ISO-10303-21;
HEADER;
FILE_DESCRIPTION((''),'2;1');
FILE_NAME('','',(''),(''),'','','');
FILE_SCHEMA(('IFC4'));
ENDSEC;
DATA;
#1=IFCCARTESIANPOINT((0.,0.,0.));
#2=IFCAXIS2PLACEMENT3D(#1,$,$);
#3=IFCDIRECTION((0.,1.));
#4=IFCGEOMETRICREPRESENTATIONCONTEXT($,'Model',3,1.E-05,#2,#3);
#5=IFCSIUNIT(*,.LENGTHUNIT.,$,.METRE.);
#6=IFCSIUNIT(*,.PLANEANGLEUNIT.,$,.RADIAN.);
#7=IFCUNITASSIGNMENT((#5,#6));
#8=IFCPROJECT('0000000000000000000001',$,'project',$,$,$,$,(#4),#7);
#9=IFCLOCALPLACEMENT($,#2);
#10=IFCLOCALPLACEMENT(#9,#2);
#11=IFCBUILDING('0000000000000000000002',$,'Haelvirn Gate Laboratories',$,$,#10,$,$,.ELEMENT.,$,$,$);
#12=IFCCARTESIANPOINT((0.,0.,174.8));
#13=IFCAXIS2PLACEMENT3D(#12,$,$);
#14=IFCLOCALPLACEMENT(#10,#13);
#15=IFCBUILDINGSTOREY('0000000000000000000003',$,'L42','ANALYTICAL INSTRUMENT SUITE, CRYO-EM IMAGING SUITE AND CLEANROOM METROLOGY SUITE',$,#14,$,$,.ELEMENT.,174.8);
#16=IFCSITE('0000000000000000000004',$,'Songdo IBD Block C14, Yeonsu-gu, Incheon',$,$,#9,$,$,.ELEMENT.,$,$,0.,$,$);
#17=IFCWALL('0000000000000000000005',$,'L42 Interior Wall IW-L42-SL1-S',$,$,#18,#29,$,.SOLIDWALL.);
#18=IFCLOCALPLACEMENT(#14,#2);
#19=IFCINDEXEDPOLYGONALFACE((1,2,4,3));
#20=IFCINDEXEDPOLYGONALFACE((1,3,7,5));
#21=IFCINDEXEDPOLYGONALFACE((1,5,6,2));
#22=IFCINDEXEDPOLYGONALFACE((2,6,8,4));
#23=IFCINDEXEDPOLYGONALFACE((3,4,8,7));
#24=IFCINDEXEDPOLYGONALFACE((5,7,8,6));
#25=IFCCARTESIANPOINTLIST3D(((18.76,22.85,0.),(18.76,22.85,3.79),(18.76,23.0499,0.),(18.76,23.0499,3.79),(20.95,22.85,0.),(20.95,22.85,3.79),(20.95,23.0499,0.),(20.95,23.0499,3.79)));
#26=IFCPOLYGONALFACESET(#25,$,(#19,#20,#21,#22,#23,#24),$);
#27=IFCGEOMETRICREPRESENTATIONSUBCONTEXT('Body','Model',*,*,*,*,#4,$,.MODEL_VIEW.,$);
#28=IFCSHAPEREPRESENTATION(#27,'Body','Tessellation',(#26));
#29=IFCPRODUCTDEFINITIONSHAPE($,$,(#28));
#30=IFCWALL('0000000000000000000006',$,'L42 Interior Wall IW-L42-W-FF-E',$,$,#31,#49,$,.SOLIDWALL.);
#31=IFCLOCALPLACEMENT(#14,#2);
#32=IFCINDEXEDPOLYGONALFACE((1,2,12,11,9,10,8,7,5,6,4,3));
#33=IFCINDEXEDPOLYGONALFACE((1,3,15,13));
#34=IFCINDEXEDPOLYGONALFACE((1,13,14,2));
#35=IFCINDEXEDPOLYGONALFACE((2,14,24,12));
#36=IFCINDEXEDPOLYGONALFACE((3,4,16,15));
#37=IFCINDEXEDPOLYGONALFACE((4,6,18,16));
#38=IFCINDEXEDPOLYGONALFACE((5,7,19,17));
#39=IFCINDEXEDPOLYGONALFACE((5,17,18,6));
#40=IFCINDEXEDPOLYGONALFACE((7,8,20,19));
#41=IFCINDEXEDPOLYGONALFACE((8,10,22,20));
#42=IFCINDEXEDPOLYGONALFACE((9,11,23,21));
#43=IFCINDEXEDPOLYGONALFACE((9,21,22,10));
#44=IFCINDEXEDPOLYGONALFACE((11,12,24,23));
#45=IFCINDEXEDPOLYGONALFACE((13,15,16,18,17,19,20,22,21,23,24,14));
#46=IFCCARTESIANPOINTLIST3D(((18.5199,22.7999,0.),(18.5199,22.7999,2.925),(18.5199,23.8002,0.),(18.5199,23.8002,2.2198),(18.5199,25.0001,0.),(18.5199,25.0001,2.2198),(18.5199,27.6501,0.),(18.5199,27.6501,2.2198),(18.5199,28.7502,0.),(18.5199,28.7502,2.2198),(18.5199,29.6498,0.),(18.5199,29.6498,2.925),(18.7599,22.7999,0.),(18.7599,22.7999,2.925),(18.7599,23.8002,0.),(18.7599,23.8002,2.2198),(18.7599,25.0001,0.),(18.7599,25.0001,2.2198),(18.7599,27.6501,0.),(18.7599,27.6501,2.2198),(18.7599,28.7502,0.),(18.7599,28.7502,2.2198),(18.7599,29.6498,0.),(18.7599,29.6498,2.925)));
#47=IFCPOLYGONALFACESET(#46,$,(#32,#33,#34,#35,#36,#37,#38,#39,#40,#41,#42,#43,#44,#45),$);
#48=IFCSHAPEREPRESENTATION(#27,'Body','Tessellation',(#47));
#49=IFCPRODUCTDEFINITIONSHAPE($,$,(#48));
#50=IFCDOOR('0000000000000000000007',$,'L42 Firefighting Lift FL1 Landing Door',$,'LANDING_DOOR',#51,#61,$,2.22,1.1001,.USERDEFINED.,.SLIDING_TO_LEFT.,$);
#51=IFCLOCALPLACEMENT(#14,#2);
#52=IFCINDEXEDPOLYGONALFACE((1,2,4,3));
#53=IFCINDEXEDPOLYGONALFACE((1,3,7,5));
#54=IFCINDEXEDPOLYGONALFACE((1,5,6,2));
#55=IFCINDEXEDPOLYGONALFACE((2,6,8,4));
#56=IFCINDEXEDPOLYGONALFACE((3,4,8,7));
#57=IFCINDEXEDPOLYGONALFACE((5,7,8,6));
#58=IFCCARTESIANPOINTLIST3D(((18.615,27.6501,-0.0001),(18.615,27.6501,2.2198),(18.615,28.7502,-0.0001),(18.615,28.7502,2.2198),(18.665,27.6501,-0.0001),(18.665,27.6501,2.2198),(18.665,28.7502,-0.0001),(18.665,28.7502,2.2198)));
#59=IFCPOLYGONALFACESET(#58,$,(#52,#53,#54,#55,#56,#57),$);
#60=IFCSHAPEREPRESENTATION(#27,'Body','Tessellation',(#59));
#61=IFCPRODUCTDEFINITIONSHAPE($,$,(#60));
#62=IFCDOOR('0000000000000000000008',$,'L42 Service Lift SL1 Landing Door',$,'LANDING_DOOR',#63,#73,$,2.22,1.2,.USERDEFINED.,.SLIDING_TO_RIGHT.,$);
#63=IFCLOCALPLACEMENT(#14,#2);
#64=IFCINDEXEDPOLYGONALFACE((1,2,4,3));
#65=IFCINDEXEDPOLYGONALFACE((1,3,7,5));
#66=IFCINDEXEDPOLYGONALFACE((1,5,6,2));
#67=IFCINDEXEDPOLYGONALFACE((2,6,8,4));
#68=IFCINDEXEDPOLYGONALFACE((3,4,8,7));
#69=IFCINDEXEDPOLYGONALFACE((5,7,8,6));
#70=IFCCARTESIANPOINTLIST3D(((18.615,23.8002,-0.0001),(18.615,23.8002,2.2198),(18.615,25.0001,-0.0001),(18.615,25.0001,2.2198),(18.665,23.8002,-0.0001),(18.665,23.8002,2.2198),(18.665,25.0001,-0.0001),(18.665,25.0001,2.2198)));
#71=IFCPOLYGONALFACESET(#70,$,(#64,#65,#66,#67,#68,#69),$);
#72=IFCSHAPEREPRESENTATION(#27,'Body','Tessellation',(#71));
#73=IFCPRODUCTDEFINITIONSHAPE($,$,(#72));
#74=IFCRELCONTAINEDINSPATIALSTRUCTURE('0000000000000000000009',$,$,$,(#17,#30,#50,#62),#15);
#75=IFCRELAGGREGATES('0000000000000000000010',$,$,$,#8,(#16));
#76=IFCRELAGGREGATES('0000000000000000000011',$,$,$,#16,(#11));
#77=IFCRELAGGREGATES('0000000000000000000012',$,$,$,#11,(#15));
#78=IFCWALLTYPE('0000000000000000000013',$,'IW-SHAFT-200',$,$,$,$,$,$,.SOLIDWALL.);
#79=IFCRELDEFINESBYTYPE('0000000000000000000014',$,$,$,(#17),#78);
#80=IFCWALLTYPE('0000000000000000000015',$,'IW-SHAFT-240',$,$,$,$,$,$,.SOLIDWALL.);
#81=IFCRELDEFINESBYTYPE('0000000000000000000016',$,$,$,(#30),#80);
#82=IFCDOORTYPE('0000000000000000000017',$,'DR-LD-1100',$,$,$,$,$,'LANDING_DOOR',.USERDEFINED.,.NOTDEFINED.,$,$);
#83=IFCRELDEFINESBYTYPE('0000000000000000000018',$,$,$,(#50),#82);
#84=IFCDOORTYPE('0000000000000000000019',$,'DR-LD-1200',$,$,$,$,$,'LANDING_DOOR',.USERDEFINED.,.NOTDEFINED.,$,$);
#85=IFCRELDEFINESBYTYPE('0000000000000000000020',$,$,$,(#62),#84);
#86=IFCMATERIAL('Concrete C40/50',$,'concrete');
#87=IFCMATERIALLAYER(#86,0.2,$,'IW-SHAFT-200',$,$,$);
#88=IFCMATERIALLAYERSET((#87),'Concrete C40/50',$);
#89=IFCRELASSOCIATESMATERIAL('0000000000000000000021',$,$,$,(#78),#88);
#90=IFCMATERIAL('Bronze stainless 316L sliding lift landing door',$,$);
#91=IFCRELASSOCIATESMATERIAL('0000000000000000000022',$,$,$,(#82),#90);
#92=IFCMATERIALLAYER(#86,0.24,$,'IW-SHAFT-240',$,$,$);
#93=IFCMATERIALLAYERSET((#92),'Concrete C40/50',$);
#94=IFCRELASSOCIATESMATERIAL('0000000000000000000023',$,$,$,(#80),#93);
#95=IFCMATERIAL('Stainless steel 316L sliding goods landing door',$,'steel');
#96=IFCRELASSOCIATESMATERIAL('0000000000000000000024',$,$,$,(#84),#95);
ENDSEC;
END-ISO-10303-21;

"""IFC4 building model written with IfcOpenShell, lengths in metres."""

from ifc_helpers import new_model, si_unit, direction, frame, frame_2d, origin, place, context, subcontext, project, spatial, rectangle, extrude, source, transform, mapped, material, layer, layer_set, type_object, type_shapes, element, fill, save


model = new_model("IFC4")

# Units and contexts
model_context = context("Model", 3, precision=1e-05, world=origin(), true_north=direction((0.0, 1.0)))
body_context = subcontext(model_context, "Body", "Model", "MODEL_VIEW")
ifc_project = project(units=[si_unit("LENGTHUNIT", "METRE"), si_unit("PLANEANGLEUNIT", "RADIAN")], contexts=[model_context])

# Site, building, storey
site_placement = place(None, origin())
site = spatial("IfcSite", under=ifc_project, at=site_placement, Name="Songdo IBD Block C14, Yeonsu-gu, Incheon", CompositionType="ELEMENT", RefElevation=0.0)
building_placement = place(site_placement, origin())
building = spatial("IfcBuilding", under=site, at=building_placement, Name="Haelvirn Gate Laboratories", CompositionType="ELEMENT")
storey_placement = place(building_placement, frame((0.0, 0.0, 174.8)))
storey = spatial("IfcBuildingStorey", under=building, at=storey_placement, Name="L42", Description="ANALYTICAL INSTRUMENT SUITE, CRYO-EM IMAGING SUITE AND CLEANROOM METROLOGY SUITE", CompositionType="ELEMENT", Elevation=174.8)

# Shared definitions
ifc_material_1 = material(Name="Concrete C40/50", Category="concrete")

# Shared definitions
ifc_layer_1 = layer(ifc_material_1, 0.2, Name="IW-SHAFT-200")
ifc_layer_set_1 = layer_set([ifc_layer_1], Name="Concrete C40/50")
wall_type_1 = type_object("IfcWallType", Name="IW-SHAFT-200", PredefinedType="SOLIDWALL", material=ifc_layer_set_1)
ifc_material_2 = material(Name="Bronze stainless 316L sliding lift landing door")
door_type_1 = type_object("IfcDoorType", Name="DR-LD-1100", ElementType="LANDING_DOOR", OperationType="NOTDEFINED", PredefinedType="USERDEFINED", material=ifc_material_2)
shared_shape_1 = source(origin(), body_context, "Body", "SweptSolid", [
    extrude(rectangle(XDim=1.1001, YDim=2.22, at=frame_2d((0.55, 1.1099))), frame((0.0, 0.0249, 0.0), z_axis=(0.0, -1.0, 0.0), x_axis=(1.0, 0.0, 0.0)), (0.0, 0.0, 1.0), 0.05),
])
type_shapes(door_type_1, [shared_shape_1])

# Wall
wall_1_placement = place(storey_placement, frame((18.76, 22.95, 0.0), z_axis=(0.0, 0.0, 1.0), x_axis=(1.0, 0.0, 0.0)))
element("IfcWall", 1, at=wall_1_placement, inside=storey, type_object=wall_type_1, Name="L42 Interior Wall IW-L42-SL1-S", PredefinedType="SOLIDWALL", context=body_context, shape_type="SweptSolid", body=[
    extrude(rectangle(XDim=2.1899, YDim=0.2, at=frame_2d((1.095, 0.0))), origin(), (0.0, 0.0, 1.0), 3.79),
])

# Wall, openings, doors
ifc_layer_2 = layer(ifc_material_1, 0.24, Name="IW-SHAFT-240")
ifc_layer_set_2 = layer_set([ifc_layer_2], Name="Concrete C40/50")
wall_type_2 = type_object("IfcWallType", Name="IW-SHAFT-240", PredefinedType="SOLIDWALL", material=ifc_layer_set_2)
wall_2_placement = place(storey_placement, frame((18.6399, 22.8, 0.0), z_axis=(0.0, 0.0, 1.0), x_axis=(0.0, 1.0, 0.0)))
wall_2 = element("IfcWall", 2, at=wall_2_placement, inside=storey, type_object=wall_type_2, Name="L42 Interior Wall IW-L42-W-FF-E", PredefinedType="SOLIDWALL", context=body_context, shape_type="SweptSolid", body=[
    extrude(rectangle(XDim=6.8499, YDim=0.24, at=frame_2d((3.4248, 0.0))), origin(), (0.0, 0.0, 1.0), 2.925),
])
opening_1_placement = place(wall_2_placement, frame((4.8501, 0.0, 0.0)))
opening_1 = element("IfcOpeningElement", 3, at=opening_1_placement, cuts=wall_2, PredefinedType="OPENING", context=body_context, shape_type="SweptSolid", body=[
    extrude(rectangle(XDim=1.1001, YDim=2.22, at=frame_2d((0.55, 1.1099))), frame((0.0, 0.1299, 0.0), z_axis=(0.0, -1.0, 0.0), x_axis=(1.0, 0.0, 0.0)), (0.0, 0.0, 1.0), 0.26),
])
opening_2_placement = place(wall_2_placement, frame((1.0, 0.0, 0.0)))
opening_2 = element("IfcOpeningElement", 4, at=opening_2_placement, cuts=wall_2, PredefinedType="OPENING", context=body_context, shape_type="SweptSolid", body=[
    extrude(rectangle(XDim=1.2, YDim=2.22, at=frame_2d((0.6001, 1.1099))), frame((0.0, 0.1299, 0.0), z_axis=(0.0, -1.0, 0.0), x_axis=(1.0, 0.0, 0.0)), (0.0, 0.0, 1.0), 0.26),
])
door_1_placement = place(opening_1_placement, origin())
door_1 = element("IfcDoor", 5, at=door_1_placement, inside=storey, type_object=door_type_1, Name="L42 Firefighting Lift FL1 Landing Door", ObjectType="LANDING_DOOR", OperationType="SLIDING_TO_LEFT", OverallHeight=2.22, OverallWidth=1.1001, PredefinedType="USERDEFINED", context=body_context, shape_type="MappedRepresentation", body=[
    mapped(shared_shape_1, transform((0.0, 0.0, 0.0), scale=1.0)),
])
fill(opening_1, door_1)
ifc_material_3 = material(Name="Stainless steel 316L sliding goods landing door", Category="steel")
door_type_2 = type_object("IfcDoorType", Name="DR-LD-1200", ElementType="LANDING_DOOR", OperationType="NOTDEFINED", PredefinedType="USERDEFINED", material=ifc_material_3)
shared_shape_2 = source(origin(), body_context, "Body", "SweptSolid", [
    extrude(rectangle(XDim=1.2, YDim=2.22, at=frame_2d((0.6001, 1.1099))), frame((0.0, 0.0249, 0.0), z_axis=(0.0, -1.0, 0.0), x_axis=(1.0, 0.0, 0.0)), (0.0, 0.0, 1.0), 0.05),
])
type_shapes(door_type_2, [shared_shape_2])
door_2_placement = place(opening_2_placement, origin())
door_2 = element("IfcDoor", 6, at=door_2_placement, inside=storey, type_object=door_type_2, Name="L42 Service Lift SL1 Landing Door", ObjectType="LANDING_DOOR", OperationType="SLIDING_TO_RIGHT", OverallHeight=2.22, OverallWidth=1.2, PredefinedType="USERDEFINED", context=body_context, shape_type="MappedRepresentation", body=[
    mapped(shared_shape_2, transform((0.0, 0.0, 0.0), scale=1.0)),
])
fill(opening_2, door_2)

save(model, "model.ifc")
